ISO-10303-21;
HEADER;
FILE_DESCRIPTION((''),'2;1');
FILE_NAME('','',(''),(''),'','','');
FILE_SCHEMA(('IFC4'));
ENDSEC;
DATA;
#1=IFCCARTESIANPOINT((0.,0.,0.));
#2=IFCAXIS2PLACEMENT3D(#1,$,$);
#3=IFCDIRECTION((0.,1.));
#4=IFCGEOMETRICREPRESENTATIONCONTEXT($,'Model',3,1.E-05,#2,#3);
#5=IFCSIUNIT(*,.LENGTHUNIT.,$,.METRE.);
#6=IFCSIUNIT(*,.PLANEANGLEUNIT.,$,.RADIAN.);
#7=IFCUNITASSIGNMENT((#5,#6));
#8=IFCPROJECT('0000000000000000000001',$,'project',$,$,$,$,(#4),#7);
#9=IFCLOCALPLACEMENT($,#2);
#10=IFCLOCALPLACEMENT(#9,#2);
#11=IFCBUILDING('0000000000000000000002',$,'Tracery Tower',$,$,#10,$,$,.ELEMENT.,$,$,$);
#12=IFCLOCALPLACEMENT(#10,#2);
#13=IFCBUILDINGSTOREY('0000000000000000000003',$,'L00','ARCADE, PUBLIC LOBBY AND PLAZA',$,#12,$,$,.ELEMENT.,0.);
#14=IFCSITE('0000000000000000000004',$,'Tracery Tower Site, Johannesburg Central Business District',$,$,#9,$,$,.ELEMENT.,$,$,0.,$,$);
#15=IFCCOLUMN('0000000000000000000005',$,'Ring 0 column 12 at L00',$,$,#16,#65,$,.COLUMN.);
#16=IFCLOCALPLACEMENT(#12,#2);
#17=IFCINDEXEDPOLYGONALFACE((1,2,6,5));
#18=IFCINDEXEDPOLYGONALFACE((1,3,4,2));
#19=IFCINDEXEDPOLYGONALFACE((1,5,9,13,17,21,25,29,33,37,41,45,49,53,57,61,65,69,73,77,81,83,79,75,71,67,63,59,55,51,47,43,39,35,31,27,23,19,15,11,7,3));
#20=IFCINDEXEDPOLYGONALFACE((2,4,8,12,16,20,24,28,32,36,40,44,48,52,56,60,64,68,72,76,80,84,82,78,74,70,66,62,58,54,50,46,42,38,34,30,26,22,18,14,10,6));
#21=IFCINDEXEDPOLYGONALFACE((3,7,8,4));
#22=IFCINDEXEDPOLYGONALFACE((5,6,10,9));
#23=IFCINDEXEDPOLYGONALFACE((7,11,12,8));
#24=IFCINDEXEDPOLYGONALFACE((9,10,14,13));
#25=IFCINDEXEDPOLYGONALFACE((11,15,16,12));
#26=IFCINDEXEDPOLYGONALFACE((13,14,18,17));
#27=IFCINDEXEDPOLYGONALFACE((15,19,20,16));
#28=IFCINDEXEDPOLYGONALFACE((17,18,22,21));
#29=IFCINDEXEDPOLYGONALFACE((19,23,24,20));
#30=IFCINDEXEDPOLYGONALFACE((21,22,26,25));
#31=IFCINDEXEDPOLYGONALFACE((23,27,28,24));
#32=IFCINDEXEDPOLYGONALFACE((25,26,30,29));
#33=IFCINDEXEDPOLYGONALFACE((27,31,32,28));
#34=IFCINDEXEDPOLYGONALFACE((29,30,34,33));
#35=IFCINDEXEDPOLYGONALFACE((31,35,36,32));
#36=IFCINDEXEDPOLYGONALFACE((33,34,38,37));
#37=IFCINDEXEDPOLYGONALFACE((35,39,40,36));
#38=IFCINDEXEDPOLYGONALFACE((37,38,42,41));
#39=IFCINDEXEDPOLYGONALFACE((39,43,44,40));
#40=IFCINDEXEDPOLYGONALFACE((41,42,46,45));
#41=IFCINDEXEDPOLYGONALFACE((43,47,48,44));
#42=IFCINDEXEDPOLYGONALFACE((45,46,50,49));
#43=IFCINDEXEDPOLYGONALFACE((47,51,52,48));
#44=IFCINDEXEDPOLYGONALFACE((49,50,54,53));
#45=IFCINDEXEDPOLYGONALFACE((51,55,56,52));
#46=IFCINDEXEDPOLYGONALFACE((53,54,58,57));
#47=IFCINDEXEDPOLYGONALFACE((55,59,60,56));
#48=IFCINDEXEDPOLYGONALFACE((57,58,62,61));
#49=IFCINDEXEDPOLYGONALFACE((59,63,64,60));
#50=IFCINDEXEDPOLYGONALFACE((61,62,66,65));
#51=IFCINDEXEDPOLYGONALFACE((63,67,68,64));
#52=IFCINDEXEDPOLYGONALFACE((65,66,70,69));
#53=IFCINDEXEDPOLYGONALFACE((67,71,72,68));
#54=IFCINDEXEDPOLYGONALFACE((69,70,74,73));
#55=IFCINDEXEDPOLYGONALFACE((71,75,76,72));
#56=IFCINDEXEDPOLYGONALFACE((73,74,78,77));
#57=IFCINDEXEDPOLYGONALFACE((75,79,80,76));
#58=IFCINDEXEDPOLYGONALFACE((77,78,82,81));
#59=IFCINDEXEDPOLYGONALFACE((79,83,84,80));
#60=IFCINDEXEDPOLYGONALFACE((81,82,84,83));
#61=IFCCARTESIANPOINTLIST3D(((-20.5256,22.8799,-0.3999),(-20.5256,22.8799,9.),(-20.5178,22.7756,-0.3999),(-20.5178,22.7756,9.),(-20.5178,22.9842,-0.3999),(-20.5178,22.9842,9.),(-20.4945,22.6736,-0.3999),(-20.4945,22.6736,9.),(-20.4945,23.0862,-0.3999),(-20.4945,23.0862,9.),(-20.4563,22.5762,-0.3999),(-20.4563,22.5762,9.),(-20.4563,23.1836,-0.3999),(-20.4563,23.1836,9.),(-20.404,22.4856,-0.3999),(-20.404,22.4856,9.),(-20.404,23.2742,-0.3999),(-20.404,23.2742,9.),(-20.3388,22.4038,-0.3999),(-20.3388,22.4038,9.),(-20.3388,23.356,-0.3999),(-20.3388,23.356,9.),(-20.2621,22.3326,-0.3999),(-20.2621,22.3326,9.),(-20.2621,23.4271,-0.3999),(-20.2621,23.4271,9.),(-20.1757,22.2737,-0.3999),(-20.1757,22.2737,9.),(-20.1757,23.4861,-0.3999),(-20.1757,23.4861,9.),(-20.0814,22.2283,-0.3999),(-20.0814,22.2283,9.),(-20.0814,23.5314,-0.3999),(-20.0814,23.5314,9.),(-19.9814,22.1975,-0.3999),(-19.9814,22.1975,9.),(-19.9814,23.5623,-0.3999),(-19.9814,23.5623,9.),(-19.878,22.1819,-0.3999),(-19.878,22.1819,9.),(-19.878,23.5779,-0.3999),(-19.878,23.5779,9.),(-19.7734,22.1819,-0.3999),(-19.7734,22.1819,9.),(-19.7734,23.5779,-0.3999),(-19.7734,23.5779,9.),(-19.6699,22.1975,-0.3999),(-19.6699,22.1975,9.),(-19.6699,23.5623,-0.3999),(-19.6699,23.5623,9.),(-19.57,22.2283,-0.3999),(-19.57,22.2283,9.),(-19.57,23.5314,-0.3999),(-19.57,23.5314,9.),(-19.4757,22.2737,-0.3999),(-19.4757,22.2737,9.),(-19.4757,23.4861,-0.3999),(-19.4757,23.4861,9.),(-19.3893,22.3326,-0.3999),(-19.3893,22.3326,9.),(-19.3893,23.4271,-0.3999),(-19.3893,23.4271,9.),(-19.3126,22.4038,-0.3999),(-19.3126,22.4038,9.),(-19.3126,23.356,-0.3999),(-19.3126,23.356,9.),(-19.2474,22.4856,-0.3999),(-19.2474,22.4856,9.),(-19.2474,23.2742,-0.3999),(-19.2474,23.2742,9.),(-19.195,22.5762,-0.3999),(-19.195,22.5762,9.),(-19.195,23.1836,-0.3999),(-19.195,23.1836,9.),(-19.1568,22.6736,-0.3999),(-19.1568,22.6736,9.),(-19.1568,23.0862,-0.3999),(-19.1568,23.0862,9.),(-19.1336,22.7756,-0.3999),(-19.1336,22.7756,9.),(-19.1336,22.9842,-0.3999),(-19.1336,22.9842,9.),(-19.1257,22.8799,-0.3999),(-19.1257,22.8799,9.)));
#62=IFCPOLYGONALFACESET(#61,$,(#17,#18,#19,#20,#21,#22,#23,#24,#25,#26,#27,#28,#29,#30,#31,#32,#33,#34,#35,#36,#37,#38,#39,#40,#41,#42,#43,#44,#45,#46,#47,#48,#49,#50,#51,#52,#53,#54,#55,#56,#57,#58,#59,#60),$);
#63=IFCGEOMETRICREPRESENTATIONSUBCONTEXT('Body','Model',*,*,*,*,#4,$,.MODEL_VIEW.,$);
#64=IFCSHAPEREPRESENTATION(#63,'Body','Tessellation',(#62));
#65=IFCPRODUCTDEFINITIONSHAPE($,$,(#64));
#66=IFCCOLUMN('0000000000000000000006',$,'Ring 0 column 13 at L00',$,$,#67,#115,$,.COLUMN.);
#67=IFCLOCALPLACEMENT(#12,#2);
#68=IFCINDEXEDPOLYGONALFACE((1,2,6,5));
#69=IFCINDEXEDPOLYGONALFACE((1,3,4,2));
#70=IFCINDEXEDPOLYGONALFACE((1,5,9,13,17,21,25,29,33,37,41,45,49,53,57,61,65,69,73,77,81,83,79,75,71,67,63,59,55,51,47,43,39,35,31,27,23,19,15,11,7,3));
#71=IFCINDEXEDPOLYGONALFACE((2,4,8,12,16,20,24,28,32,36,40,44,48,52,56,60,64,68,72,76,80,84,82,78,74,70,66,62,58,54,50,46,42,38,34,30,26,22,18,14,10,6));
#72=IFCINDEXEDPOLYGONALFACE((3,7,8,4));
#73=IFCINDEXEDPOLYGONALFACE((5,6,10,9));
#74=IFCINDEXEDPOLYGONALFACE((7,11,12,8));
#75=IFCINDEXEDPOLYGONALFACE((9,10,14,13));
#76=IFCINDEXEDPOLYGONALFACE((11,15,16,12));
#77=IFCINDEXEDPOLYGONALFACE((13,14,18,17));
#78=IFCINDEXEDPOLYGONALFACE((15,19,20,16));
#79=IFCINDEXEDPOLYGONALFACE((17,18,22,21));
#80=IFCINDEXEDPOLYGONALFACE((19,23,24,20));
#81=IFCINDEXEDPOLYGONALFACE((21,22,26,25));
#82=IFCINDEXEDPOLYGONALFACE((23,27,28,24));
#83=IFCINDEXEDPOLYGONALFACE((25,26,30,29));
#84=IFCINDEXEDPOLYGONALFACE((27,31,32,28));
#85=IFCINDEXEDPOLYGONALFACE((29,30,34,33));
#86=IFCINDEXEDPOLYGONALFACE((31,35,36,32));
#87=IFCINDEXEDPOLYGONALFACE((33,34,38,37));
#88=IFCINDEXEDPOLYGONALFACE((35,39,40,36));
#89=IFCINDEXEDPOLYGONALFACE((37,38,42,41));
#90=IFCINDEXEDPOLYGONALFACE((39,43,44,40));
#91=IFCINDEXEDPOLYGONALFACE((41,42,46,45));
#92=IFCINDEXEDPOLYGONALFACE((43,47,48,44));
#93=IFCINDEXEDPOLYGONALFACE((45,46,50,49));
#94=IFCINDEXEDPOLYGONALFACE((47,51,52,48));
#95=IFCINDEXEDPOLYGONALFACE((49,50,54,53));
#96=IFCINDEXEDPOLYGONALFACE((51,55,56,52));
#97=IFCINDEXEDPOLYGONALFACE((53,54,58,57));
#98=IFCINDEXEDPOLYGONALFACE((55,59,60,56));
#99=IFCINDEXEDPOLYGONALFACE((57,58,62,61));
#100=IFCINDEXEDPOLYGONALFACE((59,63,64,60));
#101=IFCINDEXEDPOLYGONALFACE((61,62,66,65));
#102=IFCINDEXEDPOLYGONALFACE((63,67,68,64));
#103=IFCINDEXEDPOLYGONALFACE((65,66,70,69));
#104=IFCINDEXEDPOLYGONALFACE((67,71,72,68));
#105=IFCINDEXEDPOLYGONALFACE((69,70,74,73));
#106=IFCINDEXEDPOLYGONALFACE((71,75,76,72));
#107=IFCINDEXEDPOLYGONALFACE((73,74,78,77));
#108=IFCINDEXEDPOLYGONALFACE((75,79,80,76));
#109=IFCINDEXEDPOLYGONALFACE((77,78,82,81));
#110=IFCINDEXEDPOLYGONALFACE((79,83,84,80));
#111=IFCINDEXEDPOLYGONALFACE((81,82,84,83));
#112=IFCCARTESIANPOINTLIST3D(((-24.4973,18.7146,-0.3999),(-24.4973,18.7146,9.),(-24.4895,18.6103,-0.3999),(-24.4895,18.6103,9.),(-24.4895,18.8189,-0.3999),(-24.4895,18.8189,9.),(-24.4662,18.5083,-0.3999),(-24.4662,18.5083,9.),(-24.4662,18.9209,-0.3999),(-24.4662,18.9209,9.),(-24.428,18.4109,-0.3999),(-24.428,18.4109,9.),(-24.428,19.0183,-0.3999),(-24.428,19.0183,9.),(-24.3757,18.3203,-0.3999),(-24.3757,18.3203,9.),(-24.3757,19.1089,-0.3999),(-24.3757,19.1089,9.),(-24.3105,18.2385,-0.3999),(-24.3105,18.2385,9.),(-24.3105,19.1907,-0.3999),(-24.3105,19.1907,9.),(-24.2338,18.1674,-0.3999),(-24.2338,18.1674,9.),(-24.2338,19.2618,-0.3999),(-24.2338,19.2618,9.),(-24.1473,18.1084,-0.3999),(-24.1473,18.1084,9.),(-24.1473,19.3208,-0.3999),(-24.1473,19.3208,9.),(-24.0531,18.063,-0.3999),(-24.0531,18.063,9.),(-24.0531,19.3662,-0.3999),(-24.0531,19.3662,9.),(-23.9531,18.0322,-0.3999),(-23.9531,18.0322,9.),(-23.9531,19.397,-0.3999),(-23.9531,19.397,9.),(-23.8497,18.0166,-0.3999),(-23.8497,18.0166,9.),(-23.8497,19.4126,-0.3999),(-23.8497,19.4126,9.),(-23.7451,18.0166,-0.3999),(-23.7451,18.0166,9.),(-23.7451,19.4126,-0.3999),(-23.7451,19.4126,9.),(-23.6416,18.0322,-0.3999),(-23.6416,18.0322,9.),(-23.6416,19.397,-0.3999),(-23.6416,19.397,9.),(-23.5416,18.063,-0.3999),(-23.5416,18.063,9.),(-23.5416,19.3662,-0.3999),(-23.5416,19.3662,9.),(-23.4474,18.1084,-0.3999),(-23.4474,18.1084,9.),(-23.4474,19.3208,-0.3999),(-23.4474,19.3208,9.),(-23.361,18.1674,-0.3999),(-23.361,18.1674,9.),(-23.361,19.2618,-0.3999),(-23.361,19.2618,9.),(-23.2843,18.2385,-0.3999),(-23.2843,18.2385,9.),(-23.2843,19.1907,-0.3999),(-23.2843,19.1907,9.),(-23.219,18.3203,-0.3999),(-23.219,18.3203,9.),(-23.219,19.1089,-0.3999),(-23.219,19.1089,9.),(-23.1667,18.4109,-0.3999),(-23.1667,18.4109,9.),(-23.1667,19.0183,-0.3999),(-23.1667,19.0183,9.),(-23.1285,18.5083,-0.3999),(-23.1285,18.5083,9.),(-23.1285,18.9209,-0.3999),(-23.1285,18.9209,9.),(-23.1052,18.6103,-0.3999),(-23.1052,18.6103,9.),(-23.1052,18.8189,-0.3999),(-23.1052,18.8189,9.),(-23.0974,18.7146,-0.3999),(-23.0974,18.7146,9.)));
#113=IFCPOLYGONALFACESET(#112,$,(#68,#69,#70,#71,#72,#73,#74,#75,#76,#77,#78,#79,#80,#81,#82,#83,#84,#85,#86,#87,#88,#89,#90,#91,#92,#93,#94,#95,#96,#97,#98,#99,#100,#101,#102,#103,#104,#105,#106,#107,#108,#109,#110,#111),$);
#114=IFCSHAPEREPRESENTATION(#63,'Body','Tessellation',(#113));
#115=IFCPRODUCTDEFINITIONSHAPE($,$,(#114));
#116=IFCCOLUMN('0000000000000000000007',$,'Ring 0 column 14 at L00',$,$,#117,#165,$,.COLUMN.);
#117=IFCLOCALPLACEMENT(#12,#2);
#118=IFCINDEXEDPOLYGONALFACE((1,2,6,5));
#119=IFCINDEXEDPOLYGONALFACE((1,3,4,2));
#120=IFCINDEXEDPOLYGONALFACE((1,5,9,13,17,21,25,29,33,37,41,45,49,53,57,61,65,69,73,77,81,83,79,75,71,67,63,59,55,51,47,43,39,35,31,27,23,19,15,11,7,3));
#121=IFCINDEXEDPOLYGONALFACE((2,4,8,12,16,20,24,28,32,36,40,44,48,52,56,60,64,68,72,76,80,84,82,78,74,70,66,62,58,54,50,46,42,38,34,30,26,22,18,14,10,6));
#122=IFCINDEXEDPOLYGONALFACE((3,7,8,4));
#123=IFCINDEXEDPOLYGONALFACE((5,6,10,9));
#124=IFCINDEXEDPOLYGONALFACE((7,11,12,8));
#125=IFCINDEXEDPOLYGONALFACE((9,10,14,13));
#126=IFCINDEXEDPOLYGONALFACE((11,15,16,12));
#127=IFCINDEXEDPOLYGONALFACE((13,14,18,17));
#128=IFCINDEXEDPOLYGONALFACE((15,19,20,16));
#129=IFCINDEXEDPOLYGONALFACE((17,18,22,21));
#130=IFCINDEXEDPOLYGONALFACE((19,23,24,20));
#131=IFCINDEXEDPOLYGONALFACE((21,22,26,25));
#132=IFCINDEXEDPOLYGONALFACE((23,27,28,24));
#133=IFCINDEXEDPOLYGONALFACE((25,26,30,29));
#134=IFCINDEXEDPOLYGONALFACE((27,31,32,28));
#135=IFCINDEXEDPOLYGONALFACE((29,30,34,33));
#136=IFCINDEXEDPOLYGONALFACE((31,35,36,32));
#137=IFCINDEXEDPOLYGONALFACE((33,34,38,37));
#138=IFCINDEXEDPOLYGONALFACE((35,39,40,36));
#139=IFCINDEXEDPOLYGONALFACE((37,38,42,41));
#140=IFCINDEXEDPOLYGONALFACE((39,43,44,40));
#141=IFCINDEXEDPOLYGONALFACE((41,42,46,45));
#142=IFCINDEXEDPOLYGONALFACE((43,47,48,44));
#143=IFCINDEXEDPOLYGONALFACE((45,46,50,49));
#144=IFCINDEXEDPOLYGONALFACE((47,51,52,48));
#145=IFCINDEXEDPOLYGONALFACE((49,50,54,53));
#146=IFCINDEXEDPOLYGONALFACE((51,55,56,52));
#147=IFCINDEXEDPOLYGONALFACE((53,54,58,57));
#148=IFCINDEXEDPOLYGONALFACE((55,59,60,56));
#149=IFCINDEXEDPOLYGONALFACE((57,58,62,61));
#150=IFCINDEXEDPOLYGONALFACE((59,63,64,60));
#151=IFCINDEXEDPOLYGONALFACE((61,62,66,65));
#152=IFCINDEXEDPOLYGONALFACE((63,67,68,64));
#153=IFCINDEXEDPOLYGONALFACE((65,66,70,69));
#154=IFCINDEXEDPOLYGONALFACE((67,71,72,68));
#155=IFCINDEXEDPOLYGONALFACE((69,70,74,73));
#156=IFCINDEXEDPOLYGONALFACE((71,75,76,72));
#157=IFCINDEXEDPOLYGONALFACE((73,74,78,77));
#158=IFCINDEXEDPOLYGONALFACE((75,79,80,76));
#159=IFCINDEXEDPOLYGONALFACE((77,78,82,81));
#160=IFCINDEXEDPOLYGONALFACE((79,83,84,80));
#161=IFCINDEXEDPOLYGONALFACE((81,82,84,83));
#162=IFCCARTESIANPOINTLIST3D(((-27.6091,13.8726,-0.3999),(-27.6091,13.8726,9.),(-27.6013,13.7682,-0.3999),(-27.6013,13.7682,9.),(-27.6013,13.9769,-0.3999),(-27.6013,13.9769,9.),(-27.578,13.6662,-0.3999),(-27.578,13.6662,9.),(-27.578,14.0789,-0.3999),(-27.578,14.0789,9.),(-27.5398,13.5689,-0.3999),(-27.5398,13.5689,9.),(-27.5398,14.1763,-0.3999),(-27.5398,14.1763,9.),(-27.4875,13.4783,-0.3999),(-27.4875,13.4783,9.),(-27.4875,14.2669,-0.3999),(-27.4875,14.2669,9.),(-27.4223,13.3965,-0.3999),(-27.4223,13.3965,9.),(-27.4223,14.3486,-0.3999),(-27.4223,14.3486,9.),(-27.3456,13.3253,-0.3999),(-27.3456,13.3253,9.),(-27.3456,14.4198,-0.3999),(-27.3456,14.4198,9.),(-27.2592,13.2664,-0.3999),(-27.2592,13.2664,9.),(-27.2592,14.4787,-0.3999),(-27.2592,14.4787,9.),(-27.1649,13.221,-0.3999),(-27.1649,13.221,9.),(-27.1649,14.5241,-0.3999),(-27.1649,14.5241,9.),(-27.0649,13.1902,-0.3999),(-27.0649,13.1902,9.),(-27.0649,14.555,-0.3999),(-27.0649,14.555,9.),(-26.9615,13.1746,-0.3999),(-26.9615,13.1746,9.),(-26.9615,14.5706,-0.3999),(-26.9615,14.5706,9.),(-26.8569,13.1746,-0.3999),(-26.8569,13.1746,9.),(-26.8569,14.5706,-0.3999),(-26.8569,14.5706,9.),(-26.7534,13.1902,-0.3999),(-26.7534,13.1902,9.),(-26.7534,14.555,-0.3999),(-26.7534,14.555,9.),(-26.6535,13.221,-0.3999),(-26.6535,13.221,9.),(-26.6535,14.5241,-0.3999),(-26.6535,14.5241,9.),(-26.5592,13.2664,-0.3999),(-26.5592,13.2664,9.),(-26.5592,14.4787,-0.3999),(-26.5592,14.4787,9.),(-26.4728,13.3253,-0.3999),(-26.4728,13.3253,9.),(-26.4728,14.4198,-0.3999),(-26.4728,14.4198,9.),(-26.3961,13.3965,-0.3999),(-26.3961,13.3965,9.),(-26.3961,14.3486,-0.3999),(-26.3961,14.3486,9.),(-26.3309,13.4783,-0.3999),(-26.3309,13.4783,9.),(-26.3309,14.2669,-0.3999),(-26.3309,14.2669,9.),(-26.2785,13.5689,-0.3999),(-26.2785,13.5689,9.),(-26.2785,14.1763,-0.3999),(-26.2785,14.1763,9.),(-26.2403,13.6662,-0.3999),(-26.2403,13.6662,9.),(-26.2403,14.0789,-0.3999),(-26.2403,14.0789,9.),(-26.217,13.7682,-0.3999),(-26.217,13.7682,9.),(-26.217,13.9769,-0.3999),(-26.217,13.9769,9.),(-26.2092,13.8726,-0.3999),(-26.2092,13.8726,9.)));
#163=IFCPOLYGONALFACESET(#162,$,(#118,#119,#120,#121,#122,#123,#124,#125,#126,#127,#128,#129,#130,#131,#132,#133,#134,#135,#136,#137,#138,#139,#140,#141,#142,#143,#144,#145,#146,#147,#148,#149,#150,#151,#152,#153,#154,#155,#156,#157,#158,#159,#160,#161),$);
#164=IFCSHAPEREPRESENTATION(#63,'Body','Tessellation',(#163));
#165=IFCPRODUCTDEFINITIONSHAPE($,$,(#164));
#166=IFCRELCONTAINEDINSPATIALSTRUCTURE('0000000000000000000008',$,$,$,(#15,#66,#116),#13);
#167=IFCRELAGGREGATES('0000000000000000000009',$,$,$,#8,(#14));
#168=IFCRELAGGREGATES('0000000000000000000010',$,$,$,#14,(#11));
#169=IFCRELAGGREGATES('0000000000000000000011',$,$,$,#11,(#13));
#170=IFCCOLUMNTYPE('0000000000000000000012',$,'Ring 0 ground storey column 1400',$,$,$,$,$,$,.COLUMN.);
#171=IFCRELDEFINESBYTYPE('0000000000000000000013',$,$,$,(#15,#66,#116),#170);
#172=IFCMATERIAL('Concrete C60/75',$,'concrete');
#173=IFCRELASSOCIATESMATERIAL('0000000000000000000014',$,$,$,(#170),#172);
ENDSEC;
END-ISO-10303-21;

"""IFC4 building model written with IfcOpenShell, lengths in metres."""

from ifc_helpers import new_model, si_unit, direction, frame, origin, origin_2d, place, context, subcontext, project, spatial, circle, extrude, material, material_profile, profile_set, type_object, element, save


model = new_model("IFC4")

# Units and contexts
model_context = context("Model", 3, precision=1e-05, world=origin(), true_north=direction((0.0, 1.0)))
body_context = subcontext(model_context, "Body", "Model", "MODEL_VIEW")
ifc_project = project(units=[si_unit("LENGTHUNIT", "METRE"), si_unit("PLANEANGLEUNIT", "RADIAN")], contexts=[model_context])

# Site, building, storey
site_placement = place(None, origin())
site = spatial("IfcSite", under=ifc_project, at=site_placement, Name="Tracery Tower Site, Johannesburg Central Business District", CompositionType="ELEMENT", RefElevation=0.0)
building_placement = place(site_placement, origin())
building = spatial("IfcBuilding", under=site, at=building_placement, Name="Tracery Tower", CompositionType="ELEMENT")
storey_placement = place(building_placement, origin())
storey = spatial("IfcBuildingStorey", under=building, at=storey_placement, Name="L00", Description="ARCADE, PUBLIC LOBBY AND PLAZA", CompositionType="ELEMENT", Elevation=0.0)

# Columns
ifc_material_1 = material(Name="Concrete C60/75", Category="concrete")
ifc_material_profile_1 = material_profile(ifc_material_1, circle(Radius=0.7, at=origin_2d()), Name="RC D1400")
ifc_profile_set_1 = profile_set([ifc_material_profile_1], Name="Concrete C60/75")
column_type_1 = type_object("IfcColumnType", Name="Ring 0 ground storey column 1400", PredefinedType="COLUMN", material=ifc_profile_set_1)
for number, where, z_axis, x_axis, name in (
    (1, (-19.8257, 22.8799, -0.3999), (0.0, 0.0, 1.0), (1.0, 0.0, 0.0), "Ring 0 column 12 at L00"),
    (2, (-23.7974, 18.7146, -0.3999), (0.0, 0.0, 1.0), (1.0, 0.0, 0.0), "Ring 0 column 13 at L00"),
    (3, (-26.9092, 13.8726, -0.3999), (0.0, 0.0, 1.0), (1.0, 0.0, 0.0), "Ring 0 column 14 at L00"),
):
    element("IfcColumn", number, at=place(storey_placement, frame(where, z_axis=z_axis, x_axis=x_axis)), inside=storey, type_object=column_type_1, Name=name, PredefinedType="COLUMN", context=body_context, shape_type="SweptSolid", body=[
        extrude(circle(Radius=0.7, at=origin_2d()), origin(), (0.0, 0.0, 1.0), 9.3999),
    ])

save(model, "model.ifc")
